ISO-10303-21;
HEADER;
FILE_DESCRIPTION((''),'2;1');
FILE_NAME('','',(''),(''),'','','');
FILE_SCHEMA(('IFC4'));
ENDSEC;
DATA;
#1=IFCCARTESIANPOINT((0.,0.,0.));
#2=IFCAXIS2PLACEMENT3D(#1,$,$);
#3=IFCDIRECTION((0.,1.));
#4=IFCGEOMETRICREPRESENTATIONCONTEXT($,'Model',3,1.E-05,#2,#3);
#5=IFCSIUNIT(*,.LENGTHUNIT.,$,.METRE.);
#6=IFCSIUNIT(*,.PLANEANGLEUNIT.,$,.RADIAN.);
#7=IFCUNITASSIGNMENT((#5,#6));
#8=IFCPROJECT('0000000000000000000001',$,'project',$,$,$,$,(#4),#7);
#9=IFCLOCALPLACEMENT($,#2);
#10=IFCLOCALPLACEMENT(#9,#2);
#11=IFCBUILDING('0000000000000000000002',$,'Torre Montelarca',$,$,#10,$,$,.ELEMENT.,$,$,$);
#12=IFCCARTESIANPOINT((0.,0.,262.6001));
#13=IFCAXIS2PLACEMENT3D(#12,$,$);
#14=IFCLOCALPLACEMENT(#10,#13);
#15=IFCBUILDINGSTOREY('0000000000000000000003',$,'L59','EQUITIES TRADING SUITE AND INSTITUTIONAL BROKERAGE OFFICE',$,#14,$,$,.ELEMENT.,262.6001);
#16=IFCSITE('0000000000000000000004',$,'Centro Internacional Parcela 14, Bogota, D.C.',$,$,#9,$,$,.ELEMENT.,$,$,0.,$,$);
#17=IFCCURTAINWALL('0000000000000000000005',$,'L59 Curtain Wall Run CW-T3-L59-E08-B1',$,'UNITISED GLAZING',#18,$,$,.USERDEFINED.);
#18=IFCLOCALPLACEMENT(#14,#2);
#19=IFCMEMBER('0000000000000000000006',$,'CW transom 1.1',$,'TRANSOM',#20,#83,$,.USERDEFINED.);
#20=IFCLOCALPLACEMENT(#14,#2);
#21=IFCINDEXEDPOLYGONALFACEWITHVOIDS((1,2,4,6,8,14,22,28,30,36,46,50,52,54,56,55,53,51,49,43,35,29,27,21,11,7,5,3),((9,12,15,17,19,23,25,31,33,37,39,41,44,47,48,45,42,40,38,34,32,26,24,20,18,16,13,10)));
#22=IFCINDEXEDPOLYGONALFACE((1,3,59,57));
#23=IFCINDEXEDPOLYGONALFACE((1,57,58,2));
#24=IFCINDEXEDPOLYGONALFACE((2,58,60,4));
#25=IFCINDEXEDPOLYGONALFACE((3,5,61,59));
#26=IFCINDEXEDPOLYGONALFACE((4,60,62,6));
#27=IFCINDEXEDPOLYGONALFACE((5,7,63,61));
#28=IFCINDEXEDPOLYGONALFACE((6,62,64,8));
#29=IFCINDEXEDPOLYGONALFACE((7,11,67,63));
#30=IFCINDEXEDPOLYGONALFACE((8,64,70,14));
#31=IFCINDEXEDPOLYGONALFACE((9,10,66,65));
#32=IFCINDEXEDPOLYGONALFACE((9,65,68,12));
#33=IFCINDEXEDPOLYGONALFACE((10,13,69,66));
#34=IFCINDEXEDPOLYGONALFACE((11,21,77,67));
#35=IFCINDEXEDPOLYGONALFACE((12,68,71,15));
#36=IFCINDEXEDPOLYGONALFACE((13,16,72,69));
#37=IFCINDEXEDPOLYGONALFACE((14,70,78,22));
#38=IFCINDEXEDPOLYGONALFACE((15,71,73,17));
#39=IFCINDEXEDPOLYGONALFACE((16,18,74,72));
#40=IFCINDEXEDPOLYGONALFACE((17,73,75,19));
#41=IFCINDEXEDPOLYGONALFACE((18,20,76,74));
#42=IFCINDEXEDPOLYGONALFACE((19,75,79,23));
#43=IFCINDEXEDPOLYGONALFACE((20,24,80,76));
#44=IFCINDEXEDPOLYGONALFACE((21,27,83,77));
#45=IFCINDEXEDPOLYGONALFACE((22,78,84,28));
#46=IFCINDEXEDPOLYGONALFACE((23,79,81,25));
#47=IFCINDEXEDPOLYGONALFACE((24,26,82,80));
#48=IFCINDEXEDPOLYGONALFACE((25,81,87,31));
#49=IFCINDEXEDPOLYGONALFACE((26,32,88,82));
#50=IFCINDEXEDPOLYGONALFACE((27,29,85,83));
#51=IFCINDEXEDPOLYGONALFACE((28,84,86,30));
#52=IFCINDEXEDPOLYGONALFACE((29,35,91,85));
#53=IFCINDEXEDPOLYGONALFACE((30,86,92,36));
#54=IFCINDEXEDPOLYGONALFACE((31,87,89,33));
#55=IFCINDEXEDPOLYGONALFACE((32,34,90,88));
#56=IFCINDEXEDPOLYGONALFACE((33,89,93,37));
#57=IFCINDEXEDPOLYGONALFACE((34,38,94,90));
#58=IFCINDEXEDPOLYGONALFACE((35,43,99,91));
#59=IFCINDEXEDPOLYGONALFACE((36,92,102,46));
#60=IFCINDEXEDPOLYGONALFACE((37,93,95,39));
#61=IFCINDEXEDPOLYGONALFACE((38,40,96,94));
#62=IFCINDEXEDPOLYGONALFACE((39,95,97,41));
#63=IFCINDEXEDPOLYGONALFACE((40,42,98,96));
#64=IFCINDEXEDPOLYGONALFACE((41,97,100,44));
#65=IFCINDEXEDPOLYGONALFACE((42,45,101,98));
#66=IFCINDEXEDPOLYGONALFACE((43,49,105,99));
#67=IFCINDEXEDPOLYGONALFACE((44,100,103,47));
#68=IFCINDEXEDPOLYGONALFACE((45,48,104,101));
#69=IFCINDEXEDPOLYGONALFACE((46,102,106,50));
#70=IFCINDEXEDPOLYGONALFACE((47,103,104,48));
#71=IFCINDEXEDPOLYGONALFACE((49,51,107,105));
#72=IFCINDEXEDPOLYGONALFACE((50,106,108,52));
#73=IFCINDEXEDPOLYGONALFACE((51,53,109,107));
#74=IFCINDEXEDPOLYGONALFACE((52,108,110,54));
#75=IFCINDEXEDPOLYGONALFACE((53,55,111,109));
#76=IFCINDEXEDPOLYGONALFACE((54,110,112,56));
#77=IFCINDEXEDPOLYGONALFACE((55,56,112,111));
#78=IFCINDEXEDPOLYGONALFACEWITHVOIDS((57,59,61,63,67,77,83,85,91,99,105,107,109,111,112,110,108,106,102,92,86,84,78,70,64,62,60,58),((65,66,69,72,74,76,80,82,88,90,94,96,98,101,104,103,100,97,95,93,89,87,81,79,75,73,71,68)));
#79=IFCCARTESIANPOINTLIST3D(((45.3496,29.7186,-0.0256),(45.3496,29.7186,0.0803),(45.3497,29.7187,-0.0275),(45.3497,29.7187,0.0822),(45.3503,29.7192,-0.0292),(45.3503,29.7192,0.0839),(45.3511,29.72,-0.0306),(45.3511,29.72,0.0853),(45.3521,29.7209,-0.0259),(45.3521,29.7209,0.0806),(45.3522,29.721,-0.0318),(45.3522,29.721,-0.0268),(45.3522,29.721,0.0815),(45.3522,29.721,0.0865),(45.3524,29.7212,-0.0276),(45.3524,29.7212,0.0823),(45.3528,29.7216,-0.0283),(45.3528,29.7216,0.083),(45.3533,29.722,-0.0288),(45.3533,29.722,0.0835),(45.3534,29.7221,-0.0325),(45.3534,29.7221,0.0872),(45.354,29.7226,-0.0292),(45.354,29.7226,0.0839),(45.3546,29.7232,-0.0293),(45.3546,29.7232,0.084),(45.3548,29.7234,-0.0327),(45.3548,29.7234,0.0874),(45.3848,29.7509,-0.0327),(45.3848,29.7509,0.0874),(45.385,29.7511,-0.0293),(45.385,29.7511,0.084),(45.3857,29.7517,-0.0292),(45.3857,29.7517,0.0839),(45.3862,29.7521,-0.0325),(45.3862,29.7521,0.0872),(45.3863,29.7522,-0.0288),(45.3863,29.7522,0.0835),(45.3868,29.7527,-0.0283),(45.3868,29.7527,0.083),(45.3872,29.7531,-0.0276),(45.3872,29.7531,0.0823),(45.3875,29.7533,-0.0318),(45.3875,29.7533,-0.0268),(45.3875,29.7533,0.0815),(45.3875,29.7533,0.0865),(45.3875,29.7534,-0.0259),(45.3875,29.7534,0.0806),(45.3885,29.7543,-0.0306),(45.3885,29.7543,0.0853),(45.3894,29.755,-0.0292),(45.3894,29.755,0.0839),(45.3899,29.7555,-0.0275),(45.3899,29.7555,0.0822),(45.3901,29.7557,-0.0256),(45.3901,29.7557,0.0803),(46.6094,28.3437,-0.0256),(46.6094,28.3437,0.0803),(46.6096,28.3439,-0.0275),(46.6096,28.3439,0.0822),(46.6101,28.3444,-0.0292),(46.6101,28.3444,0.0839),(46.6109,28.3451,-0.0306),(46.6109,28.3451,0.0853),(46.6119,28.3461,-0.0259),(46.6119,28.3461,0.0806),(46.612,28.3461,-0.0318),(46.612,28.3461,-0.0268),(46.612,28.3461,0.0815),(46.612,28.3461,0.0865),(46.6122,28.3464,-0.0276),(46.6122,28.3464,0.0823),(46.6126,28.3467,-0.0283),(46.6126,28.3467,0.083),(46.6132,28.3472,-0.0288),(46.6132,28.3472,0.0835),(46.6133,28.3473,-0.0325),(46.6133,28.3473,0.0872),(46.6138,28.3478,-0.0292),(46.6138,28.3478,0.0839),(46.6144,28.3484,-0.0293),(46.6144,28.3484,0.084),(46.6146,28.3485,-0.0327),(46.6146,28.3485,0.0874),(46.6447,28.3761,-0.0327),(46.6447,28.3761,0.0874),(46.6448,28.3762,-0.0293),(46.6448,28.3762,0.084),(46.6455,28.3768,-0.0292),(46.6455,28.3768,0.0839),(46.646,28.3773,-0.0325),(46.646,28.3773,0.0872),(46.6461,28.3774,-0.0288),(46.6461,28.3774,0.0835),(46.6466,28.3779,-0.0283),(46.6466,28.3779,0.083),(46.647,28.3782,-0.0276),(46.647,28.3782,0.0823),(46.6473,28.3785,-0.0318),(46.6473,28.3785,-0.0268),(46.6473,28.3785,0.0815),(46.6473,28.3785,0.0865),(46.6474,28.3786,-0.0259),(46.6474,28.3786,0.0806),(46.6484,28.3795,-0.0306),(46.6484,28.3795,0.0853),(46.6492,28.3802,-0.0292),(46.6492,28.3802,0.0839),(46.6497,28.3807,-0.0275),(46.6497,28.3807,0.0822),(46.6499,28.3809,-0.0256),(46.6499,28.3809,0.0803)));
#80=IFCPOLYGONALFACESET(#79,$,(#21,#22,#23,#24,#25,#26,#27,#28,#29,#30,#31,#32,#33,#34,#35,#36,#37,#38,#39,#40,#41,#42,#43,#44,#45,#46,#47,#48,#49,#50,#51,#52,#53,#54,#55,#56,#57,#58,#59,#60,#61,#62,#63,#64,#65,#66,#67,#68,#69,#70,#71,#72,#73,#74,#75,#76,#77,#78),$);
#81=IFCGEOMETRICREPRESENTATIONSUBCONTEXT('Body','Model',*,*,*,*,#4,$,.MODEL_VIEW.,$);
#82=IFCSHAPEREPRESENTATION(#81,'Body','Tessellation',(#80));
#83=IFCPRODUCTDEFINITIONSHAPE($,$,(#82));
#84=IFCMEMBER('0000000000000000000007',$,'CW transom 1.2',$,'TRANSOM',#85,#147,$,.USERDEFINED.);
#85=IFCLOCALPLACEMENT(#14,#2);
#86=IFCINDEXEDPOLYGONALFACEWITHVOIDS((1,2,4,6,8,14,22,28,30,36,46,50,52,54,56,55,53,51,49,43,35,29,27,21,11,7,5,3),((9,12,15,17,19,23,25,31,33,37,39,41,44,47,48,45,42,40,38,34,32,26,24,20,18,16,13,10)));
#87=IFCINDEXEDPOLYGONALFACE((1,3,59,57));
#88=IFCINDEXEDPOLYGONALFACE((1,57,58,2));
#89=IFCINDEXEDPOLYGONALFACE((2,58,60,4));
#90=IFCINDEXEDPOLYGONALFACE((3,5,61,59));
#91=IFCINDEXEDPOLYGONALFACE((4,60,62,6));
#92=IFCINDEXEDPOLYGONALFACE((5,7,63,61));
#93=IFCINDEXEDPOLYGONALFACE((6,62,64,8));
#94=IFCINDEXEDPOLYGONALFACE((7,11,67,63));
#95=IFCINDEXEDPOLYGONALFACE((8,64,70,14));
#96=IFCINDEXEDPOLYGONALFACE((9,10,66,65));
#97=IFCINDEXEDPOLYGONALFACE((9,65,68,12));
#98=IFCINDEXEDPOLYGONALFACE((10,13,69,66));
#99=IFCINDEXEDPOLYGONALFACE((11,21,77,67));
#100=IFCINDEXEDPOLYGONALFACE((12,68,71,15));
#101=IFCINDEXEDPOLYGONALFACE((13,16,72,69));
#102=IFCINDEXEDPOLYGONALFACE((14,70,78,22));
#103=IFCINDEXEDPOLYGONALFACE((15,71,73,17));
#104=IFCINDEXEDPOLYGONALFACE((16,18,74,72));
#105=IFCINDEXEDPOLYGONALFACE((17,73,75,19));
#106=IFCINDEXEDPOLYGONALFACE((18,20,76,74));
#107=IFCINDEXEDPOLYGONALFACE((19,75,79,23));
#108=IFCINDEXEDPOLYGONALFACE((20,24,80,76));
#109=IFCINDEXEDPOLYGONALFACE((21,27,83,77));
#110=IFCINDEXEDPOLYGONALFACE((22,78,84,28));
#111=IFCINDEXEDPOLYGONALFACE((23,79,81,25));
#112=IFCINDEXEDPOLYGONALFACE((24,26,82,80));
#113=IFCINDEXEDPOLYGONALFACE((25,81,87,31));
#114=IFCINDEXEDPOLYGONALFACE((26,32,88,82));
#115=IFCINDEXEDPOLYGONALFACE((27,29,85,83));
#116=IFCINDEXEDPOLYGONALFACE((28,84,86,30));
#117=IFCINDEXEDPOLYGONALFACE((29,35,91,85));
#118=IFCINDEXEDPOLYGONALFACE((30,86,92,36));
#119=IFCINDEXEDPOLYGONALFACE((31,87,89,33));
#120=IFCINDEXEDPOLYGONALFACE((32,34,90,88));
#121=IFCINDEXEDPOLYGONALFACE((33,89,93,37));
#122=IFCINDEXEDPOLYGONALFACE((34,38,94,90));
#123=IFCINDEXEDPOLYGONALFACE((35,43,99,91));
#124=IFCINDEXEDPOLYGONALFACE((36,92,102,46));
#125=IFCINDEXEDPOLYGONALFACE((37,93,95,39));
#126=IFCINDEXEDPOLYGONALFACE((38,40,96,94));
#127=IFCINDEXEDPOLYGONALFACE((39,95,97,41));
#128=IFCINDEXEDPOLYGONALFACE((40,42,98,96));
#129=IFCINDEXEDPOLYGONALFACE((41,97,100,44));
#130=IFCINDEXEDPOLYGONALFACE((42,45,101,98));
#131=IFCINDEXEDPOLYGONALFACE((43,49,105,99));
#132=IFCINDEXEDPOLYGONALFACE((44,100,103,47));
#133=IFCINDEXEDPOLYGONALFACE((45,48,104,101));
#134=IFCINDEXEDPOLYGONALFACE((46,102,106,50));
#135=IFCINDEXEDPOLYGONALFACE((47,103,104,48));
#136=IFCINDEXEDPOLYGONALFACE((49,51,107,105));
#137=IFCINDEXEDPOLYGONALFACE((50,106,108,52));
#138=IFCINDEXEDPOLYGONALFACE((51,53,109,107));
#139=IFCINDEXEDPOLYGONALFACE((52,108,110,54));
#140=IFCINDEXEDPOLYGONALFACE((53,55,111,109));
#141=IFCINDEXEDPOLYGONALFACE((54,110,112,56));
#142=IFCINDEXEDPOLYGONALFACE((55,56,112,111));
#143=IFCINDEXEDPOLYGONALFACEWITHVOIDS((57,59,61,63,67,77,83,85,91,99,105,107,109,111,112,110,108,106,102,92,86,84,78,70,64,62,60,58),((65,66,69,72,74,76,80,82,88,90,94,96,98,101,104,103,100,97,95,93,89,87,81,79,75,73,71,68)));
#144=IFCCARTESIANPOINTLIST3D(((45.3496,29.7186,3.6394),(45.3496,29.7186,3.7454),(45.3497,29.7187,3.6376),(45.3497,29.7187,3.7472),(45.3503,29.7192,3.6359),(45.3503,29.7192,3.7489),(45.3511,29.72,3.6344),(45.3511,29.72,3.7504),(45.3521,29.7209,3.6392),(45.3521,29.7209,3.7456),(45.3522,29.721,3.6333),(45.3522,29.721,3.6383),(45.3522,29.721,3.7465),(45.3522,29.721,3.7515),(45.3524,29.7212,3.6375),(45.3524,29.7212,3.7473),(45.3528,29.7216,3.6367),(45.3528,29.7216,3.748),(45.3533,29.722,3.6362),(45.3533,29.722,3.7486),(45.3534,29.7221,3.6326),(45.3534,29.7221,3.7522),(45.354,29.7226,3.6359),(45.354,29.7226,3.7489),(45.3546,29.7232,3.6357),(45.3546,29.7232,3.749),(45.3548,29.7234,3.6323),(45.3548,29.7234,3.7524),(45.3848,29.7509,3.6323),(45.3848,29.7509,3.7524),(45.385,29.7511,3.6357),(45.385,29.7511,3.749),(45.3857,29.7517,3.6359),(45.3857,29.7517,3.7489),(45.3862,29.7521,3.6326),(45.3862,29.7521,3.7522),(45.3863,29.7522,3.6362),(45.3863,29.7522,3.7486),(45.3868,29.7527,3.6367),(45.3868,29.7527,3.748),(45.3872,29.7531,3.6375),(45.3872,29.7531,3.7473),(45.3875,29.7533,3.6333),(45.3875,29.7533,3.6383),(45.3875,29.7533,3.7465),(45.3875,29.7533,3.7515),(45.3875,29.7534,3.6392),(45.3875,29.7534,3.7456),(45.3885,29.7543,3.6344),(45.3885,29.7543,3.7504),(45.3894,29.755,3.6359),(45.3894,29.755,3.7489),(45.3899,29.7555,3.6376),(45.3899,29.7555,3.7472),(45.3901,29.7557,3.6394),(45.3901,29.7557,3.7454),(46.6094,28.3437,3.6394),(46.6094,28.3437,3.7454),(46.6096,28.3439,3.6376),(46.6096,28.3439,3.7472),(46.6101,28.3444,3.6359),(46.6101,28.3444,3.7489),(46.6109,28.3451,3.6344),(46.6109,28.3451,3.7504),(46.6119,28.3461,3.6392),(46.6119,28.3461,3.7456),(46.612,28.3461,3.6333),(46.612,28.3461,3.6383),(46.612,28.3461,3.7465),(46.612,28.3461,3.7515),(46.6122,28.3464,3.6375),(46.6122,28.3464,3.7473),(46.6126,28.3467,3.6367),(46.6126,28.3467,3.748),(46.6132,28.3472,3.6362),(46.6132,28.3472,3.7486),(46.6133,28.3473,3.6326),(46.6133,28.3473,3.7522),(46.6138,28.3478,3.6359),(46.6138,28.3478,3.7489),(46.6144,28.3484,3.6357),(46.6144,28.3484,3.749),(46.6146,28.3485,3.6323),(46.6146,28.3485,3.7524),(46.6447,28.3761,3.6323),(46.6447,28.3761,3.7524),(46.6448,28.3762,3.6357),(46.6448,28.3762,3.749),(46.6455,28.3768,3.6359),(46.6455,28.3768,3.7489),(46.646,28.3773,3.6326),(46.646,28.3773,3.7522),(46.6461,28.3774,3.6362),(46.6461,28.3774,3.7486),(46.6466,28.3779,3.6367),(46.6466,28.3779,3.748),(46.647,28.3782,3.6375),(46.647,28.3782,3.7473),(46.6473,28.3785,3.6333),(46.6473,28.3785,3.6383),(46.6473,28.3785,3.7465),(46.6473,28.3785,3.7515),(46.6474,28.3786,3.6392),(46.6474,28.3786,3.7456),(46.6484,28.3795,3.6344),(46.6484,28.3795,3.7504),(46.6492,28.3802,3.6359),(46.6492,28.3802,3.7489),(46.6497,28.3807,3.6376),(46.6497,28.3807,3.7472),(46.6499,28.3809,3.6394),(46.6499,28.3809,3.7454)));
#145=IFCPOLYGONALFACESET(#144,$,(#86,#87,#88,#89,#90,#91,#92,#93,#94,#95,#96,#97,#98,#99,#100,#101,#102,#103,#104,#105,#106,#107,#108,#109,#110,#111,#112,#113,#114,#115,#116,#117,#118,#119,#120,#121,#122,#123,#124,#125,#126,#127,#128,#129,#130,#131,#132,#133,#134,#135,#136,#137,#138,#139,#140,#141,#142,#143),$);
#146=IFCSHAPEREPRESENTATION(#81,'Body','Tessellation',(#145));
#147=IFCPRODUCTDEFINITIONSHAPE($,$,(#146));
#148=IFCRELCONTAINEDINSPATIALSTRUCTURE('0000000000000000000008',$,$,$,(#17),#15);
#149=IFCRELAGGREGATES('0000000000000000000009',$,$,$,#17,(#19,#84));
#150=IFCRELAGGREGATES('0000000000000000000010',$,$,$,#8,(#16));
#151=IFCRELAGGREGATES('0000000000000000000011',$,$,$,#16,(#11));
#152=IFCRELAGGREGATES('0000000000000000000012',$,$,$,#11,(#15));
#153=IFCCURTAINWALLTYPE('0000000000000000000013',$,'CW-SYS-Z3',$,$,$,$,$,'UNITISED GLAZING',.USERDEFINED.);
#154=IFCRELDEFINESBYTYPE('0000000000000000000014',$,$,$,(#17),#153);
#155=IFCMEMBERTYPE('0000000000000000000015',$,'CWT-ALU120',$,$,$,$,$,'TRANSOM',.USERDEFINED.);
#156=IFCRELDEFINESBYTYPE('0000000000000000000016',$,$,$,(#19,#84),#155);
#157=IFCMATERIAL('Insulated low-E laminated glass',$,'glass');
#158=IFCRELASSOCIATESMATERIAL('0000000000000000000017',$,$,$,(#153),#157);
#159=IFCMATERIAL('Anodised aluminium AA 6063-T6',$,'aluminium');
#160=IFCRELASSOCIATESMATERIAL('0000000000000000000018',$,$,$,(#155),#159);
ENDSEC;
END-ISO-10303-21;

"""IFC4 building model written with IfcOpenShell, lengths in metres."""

from ifc_helpers import new_model, si_unit, direction, frame, origin, origin_2d, place, context, subcontext, project, spatial, hollow_rectangle, extrude, source, transform, mapped, material, material_profile, profile_set, type_object, element, aggregate, save


model = new_model("IFC4")

# Units and contexts
model_context = context("Model", 3, precision=1e-05, world=origin(), true_north=direction((0.0, 1.0)))
body_context = subcontext(model_context, "Body", "Model", "MODEL_VIEW")
ifc_project = project(units=[si_unit("LENGTHUNIT", "METRE"), si_unit("PLANEANGLEUNIT", "RADIAN")], contexts=[model_context])

# Site, building, storey
site_placement = place(None, origin())
site = spatial("IfcSite", under=ifc_project, at=site_placement, Name="Centro Internacional Parcela 14, Bogota, D.C.", CompositionType="ELEMENT", RefElevation=0.0)
building_placement = place(site_placement, origin())
building = spatial("IfcBuilding", under=site, at=building_placement, Name="Torre Montelarca", CompositionType="ELEMENT")
storey_placement = place(building_placement, frame((0.0, 0.0, 262.6001)))
storey = spatial("IfcBuildingStorey", under=building, at=storey_placement, Name="L59", Description="EQUITIES TRADING SUITE AND INSTITUTIONAL BROKERAGE OFFICE", CompositionType="ELEMENT", Elevation=262.6001)

# Shared definitions
ifc_material_1 = material(Name="Insulated low-E laminated glass", Category="glass")
curtain_wall_type = type_object("IfcCurtainWallType", Name="CW-SYS-Z3", ElementType="UNITISED GLAZING", PredefinedType="USERDEFINED", material=ifc_material_1)
ifc_material_2 = material(Name="Anodised aluminium AA 6063-T6", Category="aluminium")
ifc_material_profile_1 = material_profile(ifc_material_2, hollow_rectangle(XDim=0.0549, YDim=0.1201, WallThickness=0.0034, InnerFilletRadius=0.0034, OuterFilletRadius=0.0071, at=origin_2d()), Name="ALU55X120X3.5", Category="aluminium")
ifc_profile_set_1 = profile_set([ifc_material_profile_1], Name="Anodised aluminium AA 6063-T6")
member_type_1 = type_object("IfcMemberType", Name="CWT-ALU120", ElementType="TRANSOM", PredefinedType="USERDEFINED", material=ifc_profile_set_1)

# Curtain wall
curtain_wall_1_placement = place(storey_placement, origin())
curtain_wall_1 = element("IfcCurtainWall", 1, at=curtain_wall_1_placement, inside=storey, type_object=curtain_wall_type, Name="L59 Curtain Wall Run CW-T3-L59-E08-B1", ObjectType="UNITISED GLAZING", PredefinedType="USERDEFINED")

# Members
shared_shape_1 = source(origin(), body_context, "Body", "SweptSolid", [
    extrude(hollow_rectangle(XDim=0.0549, YDim=0.1201, WallThickness=0.0034, InnerFilletRadius=0.0034, OuterFilletRadius=0.0071, at=origin_2d()), origin(), (0.0, 0.0, 1.0), 1.8647),
])
member_1_placement = place(storey_placement, frame((46.6296, 28.3623, 0.0273), z_axis=(-0.6756, 0.737268, 0.0), x_axis=(-0.737268, -0.6756, 0.0)))
member_1 = element("IfcMember", 2, at=member_1_placement, type_object=member_type_1, Name="CW transom 1.1", ObjectType="TRANSOM", PredefinedType="USERDEFINED", context=body_context, shape_type="MappedRepresentation", body=[
    mapped(shared_shape_1, transform((0.0, 0.0, 0.0), scale=1.0)),
])
member_2_placement = place(storey_placement, frame((46.6296, 28.3623, 3.6924), z_axis=(-0.6756, 0.737268, 0.0), x_axis=(-0.737268, -0.6756, 0.0)))
member_2 = element("IfcMember", 3, at=member_2_placement, type_object=member_type_1, Name="CW transom 1.2", ObjectType="TRANSOM", PredefinedType="USERDEFINED", context=body_context, shape_type="MappedRepresentation", body=[
    mapped(shared_shape_1, transform((0.0, 0.0, 0.0), scale=1.0)),
])

aggregate(curtain_wall_1, [member_1, member_2])

save(model, "model.ifc")
